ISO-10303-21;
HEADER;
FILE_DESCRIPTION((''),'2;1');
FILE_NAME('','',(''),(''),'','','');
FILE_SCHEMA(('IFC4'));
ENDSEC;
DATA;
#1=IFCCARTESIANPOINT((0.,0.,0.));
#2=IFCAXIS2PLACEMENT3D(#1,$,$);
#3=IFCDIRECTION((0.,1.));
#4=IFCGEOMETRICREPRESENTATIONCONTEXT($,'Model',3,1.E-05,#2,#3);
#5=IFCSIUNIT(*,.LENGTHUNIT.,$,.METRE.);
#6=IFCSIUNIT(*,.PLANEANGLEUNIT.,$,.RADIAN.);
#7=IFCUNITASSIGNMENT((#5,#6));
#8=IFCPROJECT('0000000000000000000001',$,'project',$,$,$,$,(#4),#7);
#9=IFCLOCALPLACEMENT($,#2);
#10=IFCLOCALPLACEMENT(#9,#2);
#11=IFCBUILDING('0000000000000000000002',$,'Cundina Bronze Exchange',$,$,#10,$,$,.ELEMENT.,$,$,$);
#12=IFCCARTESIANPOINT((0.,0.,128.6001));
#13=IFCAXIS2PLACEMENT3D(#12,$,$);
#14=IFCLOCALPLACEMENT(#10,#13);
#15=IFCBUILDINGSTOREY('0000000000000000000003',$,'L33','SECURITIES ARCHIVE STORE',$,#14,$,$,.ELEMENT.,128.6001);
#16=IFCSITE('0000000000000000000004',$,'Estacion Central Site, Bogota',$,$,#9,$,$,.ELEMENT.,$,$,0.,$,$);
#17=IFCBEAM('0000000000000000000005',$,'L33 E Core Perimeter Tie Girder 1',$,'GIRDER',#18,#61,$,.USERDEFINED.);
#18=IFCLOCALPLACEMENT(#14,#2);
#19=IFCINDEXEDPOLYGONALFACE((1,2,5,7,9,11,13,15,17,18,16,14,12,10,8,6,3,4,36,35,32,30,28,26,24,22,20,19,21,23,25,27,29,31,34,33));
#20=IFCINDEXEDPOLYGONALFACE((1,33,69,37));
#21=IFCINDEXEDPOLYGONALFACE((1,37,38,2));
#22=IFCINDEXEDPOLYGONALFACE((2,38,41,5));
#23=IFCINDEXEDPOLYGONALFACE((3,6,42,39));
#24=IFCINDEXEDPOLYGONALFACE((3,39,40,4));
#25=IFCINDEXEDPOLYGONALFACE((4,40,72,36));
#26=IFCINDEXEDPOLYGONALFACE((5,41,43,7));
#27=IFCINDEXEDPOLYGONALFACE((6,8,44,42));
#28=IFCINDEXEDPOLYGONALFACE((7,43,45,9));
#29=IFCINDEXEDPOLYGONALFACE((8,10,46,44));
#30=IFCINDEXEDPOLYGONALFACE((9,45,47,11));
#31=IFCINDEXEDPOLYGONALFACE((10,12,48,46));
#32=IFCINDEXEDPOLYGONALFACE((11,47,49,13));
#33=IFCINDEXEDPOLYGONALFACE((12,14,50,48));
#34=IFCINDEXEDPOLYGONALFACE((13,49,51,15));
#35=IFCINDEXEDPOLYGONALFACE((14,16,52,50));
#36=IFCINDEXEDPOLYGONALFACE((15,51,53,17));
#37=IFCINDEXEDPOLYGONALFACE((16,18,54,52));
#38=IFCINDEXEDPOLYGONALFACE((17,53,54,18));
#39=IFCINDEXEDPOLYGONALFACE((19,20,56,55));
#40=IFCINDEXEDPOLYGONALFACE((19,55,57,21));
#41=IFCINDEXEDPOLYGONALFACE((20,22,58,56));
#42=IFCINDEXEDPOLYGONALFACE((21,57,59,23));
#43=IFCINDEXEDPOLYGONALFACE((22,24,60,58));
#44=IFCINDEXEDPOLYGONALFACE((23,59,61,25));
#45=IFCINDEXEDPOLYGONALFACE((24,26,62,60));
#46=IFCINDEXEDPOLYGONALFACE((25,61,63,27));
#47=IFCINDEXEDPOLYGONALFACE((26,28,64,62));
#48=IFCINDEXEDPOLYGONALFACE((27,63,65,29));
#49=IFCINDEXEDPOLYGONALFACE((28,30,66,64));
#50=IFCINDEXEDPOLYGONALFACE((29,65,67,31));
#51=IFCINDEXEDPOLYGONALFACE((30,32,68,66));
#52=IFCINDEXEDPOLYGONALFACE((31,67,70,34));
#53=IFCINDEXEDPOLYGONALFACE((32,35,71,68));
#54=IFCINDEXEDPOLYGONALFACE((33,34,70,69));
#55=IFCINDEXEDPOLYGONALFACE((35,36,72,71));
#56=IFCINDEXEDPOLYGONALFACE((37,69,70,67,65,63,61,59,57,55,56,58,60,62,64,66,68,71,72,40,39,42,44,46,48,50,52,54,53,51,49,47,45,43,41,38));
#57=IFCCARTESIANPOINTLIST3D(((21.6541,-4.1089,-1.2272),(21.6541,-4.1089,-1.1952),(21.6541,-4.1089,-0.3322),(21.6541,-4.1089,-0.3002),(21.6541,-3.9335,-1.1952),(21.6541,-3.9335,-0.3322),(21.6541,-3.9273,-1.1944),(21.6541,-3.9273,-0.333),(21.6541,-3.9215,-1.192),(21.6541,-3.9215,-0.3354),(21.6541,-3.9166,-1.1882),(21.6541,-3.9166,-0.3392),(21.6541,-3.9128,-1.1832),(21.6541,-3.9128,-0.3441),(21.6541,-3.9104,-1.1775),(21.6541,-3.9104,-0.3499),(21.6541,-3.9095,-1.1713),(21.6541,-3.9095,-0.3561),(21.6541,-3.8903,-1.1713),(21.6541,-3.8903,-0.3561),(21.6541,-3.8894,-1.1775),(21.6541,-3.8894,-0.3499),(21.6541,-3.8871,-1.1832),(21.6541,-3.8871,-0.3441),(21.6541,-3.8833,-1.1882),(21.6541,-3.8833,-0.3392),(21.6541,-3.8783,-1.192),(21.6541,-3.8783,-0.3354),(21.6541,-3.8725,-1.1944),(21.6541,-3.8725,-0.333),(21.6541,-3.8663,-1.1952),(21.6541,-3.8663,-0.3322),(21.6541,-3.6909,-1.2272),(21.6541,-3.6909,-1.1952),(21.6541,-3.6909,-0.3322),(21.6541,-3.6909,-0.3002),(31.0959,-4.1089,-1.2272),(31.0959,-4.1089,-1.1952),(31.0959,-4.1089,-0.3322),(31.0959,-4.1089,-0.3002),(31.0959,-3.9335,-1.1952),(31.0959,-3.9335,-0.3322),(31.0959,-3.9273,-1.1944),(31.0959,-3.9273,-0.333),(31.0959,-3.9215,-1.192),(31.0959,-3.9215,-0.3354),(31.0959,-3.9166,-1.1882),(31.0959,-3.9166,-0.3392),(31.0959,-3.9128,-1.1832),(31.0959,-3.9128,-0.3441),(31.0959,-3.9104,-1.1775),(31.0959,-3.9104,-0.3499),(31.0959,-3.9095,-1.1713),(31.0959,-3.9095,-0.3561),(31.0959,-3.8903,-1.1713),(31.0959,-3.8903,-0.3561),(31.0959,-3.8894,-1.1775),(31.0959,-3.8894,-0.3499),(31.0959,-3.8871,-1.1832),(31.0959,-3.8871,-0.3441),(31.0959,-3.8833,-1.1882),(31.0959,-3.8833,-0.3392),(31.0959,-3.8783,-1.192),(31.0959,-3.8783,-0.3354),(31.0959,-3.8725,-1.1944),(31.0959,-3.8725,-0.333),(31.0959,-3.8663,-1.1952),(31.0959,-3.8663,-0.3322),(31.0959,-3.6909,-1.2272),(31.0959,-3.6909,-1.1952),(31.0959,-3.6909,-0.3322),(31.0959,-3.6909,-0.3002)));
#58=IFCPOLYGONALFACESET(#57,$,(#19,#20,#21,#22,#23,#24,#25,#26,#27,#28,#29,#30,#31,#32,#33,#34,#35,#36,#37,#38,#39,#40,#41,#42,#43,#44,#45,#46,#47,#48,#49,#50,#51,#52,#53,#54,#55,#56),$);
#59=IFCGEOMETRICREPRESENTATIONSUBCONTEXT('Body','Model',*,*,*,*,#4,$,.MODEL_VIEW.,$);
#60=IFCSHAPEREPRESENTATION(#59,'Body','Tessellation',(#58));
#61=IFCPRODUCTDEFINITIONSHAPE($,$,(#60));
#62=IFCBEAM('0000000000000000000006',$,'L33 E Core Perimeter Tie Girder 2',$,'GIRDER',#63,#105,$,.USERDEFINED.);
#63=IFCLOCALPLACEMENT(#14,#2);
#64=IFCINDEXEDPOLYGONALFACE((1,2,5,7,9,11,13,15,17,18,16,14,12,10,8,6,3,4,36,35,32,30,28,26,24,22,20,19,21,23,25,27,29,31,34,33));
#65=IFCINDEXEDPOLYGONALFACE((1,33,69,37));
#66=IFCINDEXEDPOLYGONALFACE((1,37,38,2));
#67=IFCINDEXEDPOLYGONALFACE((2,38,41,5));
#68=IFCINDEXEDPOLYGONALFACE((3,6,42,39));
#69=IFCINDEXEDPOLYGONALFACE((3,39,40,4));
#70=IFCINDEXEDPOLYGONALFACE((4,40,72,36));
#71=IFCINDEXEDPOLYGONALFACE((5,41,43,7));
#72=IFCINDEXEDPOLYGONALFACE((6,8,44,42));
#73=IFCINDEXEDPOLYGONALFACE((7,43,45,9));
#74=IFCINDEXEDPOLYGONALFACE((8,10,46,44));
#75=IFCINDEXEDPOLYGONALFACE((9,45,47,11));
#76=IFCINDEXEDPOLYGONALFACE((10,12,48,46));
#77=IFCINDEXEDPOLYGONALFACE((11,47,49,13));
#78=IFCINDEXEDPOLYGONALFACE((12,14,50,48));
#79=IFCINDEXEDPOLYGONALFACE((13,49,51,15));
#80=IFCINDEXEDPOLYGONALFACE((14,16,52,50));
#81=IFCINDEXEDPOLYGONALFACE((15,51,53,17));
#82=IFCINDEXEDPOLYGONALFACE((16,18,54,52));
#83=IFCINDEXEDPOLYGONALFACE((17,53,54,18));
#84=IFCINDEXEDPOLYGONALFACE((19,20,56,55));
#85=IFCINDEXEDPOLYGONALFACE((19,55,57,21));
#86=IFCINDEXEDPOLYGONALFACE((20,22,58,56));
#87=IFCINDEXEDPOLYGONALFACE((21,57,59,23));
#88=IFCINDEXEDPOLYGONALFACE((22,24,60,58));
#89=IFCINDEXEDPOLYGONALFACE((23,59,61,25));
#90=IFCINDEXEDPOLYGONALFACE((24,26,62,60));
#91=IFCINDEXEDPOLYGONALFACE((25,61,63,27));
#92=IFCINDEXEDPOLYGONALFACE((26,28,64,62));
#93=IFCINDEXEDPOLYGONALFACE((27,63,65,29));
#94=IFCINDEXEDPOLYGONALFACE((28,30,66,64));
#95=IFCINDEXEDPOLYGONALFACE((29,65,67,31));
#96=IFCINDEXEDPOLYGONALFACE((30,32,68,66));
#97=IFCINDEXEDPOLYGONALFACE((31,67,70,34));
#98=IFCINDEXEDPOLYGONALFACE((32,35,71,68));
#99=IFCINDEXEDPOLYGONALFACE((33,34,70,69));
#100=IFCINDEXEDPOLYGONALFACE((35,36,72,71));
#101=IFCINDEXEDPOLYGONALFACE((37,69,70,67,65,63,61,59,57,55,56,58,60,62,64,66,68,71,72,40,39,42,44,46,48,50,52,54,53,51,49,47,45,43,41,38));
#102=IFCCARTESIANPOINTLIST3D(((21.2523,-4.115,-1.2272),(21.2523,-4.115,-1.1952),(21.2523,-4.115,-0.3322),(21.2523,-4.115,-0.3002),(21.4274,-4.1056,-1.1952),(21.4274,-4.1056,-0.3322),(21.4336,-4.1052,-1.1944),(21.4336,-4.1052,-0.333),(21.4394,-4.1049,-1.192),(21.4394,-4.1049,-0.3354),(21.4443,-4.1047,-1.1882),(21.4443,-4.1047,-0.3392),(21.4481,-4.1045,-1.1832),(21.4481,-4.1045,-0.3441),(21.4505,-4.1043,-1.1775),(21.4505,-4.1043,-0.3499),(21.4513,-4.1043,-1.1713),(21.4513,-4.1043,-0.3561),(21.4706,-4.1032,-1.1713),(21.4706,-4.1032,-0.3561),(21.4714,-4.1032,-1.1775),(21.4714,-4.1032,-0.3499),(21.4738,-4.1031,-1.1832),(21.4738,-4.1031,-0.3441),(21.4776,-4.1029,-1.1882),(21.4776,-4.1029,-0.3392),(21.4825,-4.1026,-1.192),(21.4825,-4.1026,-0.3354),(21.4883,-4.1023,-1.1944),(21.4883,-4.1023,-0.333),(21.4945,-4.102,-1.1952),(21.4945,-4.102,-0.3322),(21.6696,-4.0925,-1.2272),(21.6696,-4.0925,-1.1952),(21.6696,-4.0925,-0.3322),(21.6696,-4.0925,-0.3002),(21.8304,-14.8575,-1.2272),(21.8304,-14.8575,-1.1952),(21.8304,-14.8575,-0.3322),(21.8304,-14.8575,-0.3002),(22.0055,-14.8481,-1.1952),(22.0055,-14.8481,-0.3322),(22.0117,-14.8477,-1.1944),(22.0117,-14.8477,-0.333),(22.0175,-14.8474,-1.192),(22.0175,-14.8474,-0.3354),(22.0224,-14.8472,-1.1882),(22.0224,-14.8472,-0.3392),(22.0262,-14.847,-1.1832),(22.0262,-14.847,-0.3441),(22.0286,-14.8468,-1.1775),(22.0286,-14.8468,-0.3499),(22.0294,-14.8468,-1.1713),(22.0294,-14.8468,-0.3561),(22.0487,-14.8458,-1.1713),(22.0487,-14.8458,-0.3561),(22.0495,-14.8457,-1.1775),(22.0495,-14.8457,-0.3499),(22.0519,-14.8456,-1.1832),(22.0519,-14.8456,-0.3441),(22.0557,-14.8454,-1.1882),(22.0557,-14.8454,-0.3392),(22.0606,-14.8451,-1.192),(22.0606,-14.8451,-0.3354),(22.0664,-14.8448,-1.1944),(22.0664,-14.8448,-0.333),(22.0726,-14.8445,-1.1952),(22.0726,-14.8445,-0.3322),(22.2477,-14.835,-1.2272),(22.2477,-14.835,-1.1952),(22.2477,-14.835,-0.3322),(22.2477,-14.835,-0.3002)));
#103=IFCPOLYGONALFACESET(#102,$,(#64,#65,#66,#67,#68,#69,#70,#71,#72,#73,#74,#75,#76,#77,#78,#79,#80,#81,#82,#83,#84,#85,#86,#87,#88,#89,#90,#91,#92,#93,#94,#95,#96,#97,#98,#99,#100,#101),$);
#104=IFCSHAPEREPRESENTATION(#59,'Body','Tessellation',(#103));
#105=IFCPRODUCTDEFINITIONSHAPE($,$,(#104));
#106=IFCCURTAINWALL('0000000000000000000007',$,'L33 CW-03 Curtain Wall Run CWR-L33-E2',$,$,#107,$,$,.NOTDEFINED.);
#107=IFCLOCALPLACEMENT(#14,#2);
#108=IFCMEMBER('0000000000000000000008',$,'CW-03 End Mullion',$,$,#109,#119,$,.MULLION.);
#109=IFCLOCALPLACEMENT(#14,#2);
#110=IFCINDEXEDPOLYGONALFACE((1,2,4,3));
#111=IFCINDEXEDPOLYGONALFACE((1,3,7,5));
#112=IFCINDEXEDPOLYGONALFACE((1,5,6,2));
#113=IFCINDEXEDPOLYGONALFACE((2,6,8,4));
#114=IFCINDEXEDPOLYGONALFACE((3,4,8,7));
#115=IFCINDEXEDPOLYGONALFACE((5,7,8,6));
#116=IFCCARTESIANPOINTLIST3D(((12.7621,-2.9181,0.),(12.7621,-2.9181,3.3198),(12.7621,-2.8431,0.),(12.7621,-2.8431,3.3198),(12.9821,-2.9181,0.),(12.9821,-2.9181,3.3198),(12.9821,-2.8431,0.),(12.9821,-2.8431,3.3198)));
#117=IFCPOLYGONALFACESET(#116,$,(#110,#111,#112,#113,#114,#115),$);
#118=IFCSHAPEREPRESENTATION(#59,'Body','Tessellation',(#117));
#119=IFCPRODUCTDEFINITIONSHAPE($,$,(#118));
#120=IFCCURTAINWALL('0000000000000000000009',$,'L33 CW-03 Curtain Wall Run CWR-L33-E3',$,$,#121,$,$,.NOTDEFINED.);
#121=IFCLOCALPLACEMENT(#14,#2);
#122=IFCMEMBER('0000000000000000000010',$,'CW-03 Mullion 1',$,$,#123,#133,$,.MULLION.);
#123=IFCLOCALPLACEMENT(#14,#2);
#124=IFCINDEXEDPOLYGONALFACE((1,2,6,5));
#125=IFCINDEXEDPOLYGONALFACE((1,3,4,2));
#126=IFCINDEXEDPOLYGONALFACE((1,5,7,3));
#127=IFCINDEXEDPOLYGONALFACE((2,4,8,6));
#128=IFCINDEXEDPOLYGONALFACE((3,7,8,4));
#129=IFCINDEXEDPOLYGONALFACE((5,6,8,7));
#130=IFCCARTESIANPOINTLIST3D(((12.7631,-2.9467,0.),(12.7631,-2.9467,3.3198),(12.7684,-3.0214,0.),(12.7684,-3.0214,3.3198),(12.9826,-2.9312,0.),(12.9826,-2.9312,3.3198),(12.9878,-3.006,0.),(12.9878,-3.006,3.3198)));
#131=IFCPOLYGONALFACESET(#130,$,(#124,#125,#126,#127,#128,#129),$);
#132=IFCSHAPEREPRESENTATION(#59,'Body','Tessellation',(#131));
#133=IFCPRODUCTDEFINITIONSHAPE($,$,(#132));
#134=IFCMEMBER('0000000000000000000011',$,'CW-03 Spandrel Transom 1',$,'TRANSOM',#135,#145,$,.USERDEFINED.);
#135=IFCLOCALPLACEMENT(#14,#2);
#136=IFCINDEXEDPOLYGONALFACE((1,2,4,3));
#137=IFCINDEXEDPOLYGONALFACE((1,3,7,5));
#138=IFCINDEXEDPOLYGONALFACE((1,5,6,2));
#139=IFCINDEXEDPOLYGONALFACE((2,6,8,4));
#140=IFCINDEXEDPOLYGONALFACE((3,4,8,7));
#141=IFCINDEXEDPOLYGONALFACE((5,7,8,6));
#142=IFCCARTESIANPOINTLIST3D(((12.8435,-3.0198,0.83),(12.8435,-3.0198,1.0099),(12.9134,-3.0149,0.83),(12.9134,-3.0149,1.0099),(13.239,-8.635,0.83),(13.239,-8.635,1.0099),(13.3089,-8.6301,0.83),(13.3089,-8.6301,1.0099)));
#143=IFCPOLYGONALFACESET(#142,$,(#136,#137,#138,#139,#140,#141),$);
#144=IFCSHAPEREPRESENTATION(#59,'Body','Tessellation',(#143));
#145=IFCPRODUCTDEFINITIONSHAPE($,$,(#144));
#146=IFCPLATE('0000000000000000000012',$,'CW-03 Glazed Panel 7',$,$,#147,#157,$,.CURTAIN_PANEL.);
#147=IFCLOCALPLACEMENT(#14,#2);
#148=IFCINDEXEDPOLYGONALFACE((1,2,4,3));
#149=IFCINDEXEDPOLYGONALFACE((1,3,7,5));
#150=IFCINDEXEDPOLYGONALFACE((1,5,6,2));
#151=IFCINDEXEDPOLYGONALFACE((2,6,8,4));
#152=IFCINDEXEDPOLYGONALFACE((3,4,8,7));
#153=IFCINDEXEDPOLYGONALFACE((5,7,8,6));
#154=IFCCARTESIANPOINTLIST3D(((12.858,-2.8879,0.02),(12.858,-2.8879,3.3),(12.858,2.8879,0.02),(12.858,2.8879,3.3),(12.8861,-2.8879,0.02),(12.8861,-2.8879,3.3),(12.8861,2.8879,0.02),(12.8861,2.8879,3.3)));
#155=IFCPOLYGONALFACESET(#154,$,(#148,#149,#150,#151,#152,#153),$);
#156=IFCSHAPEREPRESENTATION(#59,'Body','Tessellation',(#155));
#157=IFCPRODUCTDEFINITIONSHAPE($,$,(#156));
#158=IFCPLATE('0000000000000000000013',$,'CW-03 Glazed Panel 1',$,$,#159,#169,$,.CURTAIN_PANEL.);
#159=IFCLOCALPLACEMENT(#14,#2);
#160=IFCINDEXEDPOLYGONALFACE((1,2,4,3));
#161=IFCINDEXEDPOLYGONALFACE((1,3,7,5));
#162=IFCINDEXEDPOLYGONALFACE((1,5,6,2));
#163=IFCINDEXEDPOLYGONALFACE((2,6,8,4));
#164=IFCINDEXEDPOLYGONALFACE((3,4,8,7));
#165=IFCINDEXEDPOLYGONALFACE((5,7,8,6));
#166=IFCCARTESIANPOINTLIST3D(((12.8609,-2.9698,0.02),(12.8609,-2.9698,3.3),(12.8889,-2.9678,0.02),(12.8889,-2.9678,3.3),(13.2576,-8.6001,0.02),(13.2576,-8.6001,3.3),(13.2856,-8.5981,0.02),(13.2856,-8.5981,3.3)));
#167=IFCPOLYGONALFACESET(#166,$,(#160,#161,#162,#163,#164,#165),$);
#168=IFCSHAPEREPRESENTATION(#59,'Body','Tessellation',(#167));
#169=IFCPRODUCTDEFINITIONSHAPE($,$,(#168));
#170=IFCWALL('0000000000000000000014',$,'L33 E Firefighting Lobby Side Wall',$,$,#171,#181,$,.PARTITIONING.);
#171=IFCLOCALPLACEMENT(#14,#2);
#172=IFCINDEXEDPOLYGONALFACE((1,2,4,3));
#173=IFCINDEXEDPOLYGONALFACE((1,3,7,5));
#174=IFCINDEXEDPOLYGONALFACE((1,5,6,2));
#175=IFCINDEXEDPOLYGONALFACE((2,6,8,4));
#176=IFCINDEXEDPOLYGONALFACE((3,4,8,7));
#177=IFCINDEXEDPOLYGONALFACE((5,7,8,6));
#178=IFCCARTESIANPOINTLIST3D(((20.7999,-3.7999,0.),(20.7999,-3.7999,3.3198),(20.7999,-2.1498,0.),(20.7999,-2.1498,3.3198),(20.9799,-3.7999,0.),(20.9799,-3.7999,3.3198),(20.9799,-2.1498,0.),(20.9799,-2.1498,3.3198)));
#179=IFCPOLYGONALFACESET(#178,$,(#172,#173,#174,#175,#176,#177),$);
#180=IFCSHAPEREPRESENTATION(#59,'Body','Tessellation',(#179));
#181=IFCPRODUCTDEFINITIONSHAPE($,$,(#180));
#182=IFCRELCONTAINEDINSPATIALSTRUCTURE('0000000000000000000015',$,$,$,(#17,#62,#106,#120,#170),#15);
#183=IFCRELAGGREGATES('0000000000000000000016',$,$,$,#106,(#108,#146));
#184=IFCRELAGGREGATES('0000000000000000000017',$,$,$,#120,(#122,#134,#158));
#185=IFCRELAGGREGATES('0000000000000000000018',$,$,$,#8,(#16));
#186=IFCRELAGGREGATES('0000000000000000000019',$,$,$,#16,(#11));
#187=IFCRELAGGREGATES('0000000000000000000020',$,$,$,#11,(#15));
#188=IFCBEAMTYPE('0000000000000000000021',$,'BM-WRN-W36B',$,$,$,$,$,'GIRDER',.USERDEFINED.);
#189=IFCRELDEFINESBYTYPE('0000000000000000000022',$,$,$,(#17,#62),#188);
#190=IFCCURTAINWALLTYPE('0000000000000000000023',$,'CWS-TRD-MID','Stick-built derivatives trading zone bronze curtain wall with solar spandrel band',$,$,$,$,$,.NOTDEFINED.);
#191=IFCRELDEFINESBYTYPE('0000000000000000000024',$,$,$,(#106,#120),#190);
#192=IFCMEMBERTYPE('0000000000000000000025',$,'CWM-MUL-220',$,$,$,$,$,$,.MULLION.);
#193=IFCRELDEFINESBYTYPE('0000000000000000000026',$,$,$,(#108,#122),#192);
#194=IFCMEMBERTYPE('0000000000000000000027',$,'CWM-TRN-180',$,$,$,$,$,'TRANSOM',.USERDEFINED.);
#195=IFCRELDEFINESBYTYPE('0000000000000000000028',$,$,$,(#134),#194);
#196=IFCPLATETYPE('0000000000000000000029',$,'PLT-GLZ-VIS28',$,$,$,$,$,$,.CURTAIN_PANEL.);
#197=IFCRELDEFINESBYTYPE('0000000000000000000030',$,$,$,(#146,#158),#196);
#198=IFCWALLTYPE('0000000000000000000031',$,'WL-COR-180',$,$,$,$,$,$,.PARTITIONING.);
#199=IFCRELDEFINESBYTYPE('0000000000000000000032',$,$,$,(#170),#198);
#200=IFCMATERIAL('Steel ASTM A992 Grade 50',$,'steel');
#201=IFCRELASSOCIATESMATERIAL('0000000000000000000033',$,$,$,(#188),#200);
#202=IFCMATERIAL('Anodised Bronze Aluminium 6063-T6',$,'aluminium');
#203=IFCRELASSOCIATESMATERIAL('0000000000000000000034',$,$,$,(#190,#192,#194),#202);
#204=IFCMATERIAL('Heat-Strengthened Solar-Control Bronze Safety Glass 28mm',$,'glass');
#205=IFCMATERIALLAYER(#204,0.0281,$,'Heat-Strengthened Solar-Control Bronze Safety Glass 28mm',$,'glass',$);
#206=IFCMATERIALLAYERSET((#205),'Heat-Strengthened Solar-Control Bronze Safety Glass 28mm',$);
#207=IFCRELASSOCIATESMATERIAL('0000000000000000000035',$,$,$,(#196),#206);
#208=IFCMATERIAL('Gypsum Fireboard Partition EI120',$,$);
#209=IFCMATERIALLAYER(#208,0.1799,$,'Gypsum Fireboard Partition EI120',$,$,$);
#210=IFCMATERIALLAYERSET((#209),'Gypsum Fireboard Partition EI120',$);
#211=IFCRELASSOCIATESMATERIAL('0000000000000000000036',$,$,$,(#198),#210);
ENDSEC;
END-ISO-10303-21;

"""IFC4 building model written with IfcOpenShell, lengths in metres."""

from ifc_helpers import new_model, si_unit, direction, frame, frame_2d, origin, origin_2d, place, context, subcontext, project, spatial, rectangle, i_section, extrude, material, layer, layer_set, material_profile, profile_set, type_object, element, aggregate, save


model = new_model("IFC4")

# Units and contexts
model_context = context("Model", 3, precision=1e-05, world=origin(), true_north=direction((0.0, 1.0)))
body_context = subcontext(model_context, "Body", "Model", "MODEL_VIEW")
ifc_project = project(units=[si_unit("LENGTHUNIT", "METRE"), si_unit("PLANEANGLEUNIT", "RADIAN")], contexts=[model_context])

# Site, building, storey
site_placement = place(None, origin())
site = spatial("IfcSite", under=ifc_project, at=site_placement, Name="Estacion Central Site, Bogota", CompositionType="ELEMENT", RefElevation=0.0)
building_placement = place(site_placement, origin())
building = spatial("IfcBuilding", under=site, at=building_placement, Name="Cundina Bronze Exchange", CompositionType="ELEMENT")
storey_placement = place(building_placement, frame((0.0, 0.0, 128.6001)))
storey = spatial("IfcBuildingStorey", under=building, at=storey_placement, Name="L33", Description="SECURITIES ARCHIVE STORE", CompositionType="ELEMENT", Elevation=128.6001)

# Shared definitions
ifc_material_1 = material(Name="Steel ASTM A992 Grade 50", Category="steel")

# Beams
ifc_material_profile_1 = material_profile(ifc_material_1, i_section(OverallWidth=0.418, OverallDepth=0.927, WebThickness=0.0193, FlangeThickness=0.032, FilletRadius=0.0239, at=origin_2d()), Name="W36X231", Category="steel")
ifc_profile_set_1 = profile_set([ifc_material_profile_1], Name="Steel ASTM A992 Grade 50")
beam_type_1 = type_object("IfcBeamType", Name="BM-WRN-W36B", ElementType="GIRDER", PredefinedType="USERDEFINED", material=ifc_profile_set_1)
beam_1_placement = place(storey_placement, frame((31.0959, -3.8999, -0.7637), z_axis=(-1.0, 0.0, 0.0), x_axis=(0.0, -1.0, 0.0)))
element("IfcBeam", 1, at=beam_1_placement, inside=storey, type_object=beam_type_1, Name="L33 E Core Perimeter Tie Girder 1", ObjectType="GIRDER", PredefinedType="USERDEFINED", context=body_context, shape_type="SweptSolid", body=[
    extrude(i_section(OverallWidth=0.418, OverallDepth=0.927, WebThickness=0.0193, FlangeThickness=0.032, FilletRadius=0.0239, at=origin_2d()), origin(), (0.0, 0.0, 1.0), 9.4419),
])
beam_2_placement = place(storey_placement, frame((21.4609, -4.1038, -0.7637), z_axis=(0.053739, -0.998555, 0.0), x_axis=(0.998555, 0.053739, 0.0)))
element("IfcBeam", 2, at=beam_2_placement, inside=storey, type_object=beam_type_1, Name="L33 E Core Perimeter Tie Girder 2", ObjectType="GIRDER", PredefinedType="USERDEFINED", context=body_context, shape_type="SweptSolid", body=[
    extrude(i_section(OverallWidth=0.418, OverallDepth=0.927, WebThickness=0.0193, FlangeThickness=0.032, FilletRadius=0.0239, at=origin_2d()), origin(), (0.0, 0.0, 1.0), 10.7581),
])

# Curtain wall, member
ifc_material_2 = material(Name="Anodised Bronze Aluminium 6063-T6", Category="aluminium")
curtain_wall_type = type_object("IfcCurtainWallType", Name="CWS-TRD-MID", Description="Stick-built derivatives trading zone bronze curtain wall with solar spandrel band", PredefinedType="NOTDEFINED", material=ifc_material_2)
curtain_wall_1_placement = place(storey_placement, origin())
curtain_wall_1 = element("IfcCurtainWall", 3, at=curtain_wall_1_placement, inside=storey, type_object=curtain_wall_type, Name="L33 CW-03 Curtain Wall Run CWR-L33-E2", PredefinedType="NOTDEFINED")
ifc_material_profile_2 = material_profile(ifc_material_2, rectangle(XDim=0.075, YDim=0.22, at=origin_2d()), Name="AL75X220", Category="aluminium")
ifc_profile_set_2 = profile_set([ifc_material_profile_2], Name="Anodised Bronze Aluminium 6063-T6")
member_type_1 = type_object("IfcMemberType", Name="CWM-MUL-220", PredefinedType="MULLION", material=ifc_profile_set_2)
member_1_placement = place(storey_placement, frame((12.8721, -2.8806, 0.0), z_axis=(0.0, 0.0, 1.0), x_axis=(0.0, -1.0, 0.0)))
member_1 = element("IfcMember", 4, at=member_1_placement, type_object=member_type_1, Name="CW-03 End Mullion", PredefinedType="MULLION", context=body_context, shape_type="SweptSolid", body=[
    extrude(rectangle(XDim=0.075, YDim=0.22, at=origin_2d()), origin(), (0.0, 0.0, 1.0), 3.3198),
])

# Curtain wall, members
curtain_wall_2_placement = place(storey_placement, origin())
curtain_wall_2 = element("IfcCurtainWall", 5, at=curtain_wall_2_placement, inside=storey, type_object=curtain_wall_type, Name="L33 CW-03 Curtain Wall Run CWR-L33-E3", PredefinedType="NOTDEFINED")
member_2_placement = place(storey_placement, frame((12.8755, -2.9763, 0.0), z_axis=(0.0, 0.0, 1.0), x_axis=(0.070279, -0.997527, 0.0)))
member_2 = element("IfcMember", 6, at=member_2_placement, type_object=member_type_1, Name="CW-03 Mullion 1", PredefinedType="MULLION", context=body_context, shape_type="SweptSolid", body=[
    extrude(rectangle(XDim=0.075, YDim=0.22, at=origin_2d()), origin(), (0.0, 0.0, 1.0), 3.3198),
])
ifc_material_profile_3 = material_profile(ifc_material_2, rectangle(XDim=0.0701, YDim=0.1799, at=origin_2d()), Name="AL70X180", Category="aluminium")
ifc_profile_set_3 = profile_set([ifc_material_profile_3], Name="Anodised Bronze Aluminium 6063-T6")
member_type_2 = type_object("IfcMemberType", Name="CWM-TRN-180", ElementType="TRANSOM", PredefinedType="USERDEFINED", material=ifc_profile_set_3)
member_3_placement = place(storey_placement, frame((12.8784, -3.0173, 0.9199), z_axis=(0.070261, -0.997529, 0.0), x_axis=(0.997529, 0.070261, 0.0)))
member_3 = element("IfcMember", 7, at=member_3_placement, type_object=member_type_2, Name="CW-03 Spandrel Transom 1", ObjectType="TRANSOM", PredefinedType="USERDEFINED", context=body_context, shape_type="SweptSolid", body=[
    extrude(rectangle(XDim=0.0701, YDim=0.1799, at=origin_2d()), origin(), (0.0, 0.0, 1.0), 5.6292),
])

# Plates
ifc_material_3 = material(Name="Heat-Strengthened Solar-Control Bronze Safety Glass 28mm", Category="glass")
ifc_layer_1 = layer(ifc_material_3, 0.0281, Name="Heat-Strengthened Solar-Control Bronze Safety Glass 28mm", Category="glass")
ifc_layer_set_1 = layer_set([ifc_layer_1], Name="Heat-Strengthened Solar-Control Bronze Safety Glass 28mm")
plate_type = type_object("IfcPlateType", Name="PLT-GLZ-VIS28", PredefinedType="CURTAIN_PANEL", material=ifc_layer_set_1)
plate_1_placement = place(storey_placement, frame((12.8721, 0.0, 0.02), z_axis=(0.0, 0.0, 1.0), x_axis=(0.0, -1.0, 0.0)))
plate_1 = element("IfcPlate", 8, at=plate_1_placement, type_object=plate_type, Name="CW-03 Glazed Panel 7", PredefinedType="CURTAIN_PANEL", context=body_context, shape_type="SweptSolid", body=[
    extrude(rectangle(XDim=5.7759, YDim=0.0281, at=origin_2d()), origin(), (0.0, 0.0, 1.0), 3.28),
])
aggregate(curtain_wall_1, [member_1, plate_1])
plate_2_placement = place(storey_placement, frame((13.0732, -5.7839, 0.02), z_axis=(0.0, 0.0, 1.0), x_axis=(0.070279, -0.997527, 0.0)))
plate_2 = element("IfcPlate", 9, at=plate_2_placement, type_object=plate_type, Name="CW-03 Glazed Panel 1", PredefinedType="CURTAIN_PANEL", context=body_context, shape_type="SweptSolid", body=[
    extrude(rectangle(XDim=5.6443, YDim=0.0281, at=origin_2d()), origin(), (0.0, 0.0, 1.0), 3.28),
])
aggregate(curtain_wall_2, [member_2, member_3, plate_2])

# Wall
ifc_material_4 = material(Name="Gypsum Fireboard Partition EI120")
ifc_layer_2 = layer(ifc_material_4, 0.1799, Name="Gypsum Fireboard Partition EI120")
ifc_layer_set_2 = layer_set([ifc_layer_2], Name="Gypsum Fireboard Partition EI120")
wall_type_1 = type_object("IfcWallType", Name="WL-COR-180", PredefinedType="PARTITIONING", material=ifc_layer_set_2)
wall_1_placement = place(storey_placement, frame((20.8899, -3.8, 0.0), z_axis=(0.0, 0.0, 1.0), x_axis=(0.0, 1.0, 0.0)))
element("IfcWall", 10, at=wall_1_placement, inside=storey, type_object=wall_type_1, Name="L33 E Firefighting Lobby Side Wall", PredefinedType="PARTITIONING", context=body_context, shape_type="SweptSolid", body=[
    extrude(rectangle(XDim=1.6501, YDim=0.1799, at=frame_2d((0.8252, 0.0))), origin(), (0.0, 0.0, 1.0), 3.3198),
])

save(model, "model.ifc")
